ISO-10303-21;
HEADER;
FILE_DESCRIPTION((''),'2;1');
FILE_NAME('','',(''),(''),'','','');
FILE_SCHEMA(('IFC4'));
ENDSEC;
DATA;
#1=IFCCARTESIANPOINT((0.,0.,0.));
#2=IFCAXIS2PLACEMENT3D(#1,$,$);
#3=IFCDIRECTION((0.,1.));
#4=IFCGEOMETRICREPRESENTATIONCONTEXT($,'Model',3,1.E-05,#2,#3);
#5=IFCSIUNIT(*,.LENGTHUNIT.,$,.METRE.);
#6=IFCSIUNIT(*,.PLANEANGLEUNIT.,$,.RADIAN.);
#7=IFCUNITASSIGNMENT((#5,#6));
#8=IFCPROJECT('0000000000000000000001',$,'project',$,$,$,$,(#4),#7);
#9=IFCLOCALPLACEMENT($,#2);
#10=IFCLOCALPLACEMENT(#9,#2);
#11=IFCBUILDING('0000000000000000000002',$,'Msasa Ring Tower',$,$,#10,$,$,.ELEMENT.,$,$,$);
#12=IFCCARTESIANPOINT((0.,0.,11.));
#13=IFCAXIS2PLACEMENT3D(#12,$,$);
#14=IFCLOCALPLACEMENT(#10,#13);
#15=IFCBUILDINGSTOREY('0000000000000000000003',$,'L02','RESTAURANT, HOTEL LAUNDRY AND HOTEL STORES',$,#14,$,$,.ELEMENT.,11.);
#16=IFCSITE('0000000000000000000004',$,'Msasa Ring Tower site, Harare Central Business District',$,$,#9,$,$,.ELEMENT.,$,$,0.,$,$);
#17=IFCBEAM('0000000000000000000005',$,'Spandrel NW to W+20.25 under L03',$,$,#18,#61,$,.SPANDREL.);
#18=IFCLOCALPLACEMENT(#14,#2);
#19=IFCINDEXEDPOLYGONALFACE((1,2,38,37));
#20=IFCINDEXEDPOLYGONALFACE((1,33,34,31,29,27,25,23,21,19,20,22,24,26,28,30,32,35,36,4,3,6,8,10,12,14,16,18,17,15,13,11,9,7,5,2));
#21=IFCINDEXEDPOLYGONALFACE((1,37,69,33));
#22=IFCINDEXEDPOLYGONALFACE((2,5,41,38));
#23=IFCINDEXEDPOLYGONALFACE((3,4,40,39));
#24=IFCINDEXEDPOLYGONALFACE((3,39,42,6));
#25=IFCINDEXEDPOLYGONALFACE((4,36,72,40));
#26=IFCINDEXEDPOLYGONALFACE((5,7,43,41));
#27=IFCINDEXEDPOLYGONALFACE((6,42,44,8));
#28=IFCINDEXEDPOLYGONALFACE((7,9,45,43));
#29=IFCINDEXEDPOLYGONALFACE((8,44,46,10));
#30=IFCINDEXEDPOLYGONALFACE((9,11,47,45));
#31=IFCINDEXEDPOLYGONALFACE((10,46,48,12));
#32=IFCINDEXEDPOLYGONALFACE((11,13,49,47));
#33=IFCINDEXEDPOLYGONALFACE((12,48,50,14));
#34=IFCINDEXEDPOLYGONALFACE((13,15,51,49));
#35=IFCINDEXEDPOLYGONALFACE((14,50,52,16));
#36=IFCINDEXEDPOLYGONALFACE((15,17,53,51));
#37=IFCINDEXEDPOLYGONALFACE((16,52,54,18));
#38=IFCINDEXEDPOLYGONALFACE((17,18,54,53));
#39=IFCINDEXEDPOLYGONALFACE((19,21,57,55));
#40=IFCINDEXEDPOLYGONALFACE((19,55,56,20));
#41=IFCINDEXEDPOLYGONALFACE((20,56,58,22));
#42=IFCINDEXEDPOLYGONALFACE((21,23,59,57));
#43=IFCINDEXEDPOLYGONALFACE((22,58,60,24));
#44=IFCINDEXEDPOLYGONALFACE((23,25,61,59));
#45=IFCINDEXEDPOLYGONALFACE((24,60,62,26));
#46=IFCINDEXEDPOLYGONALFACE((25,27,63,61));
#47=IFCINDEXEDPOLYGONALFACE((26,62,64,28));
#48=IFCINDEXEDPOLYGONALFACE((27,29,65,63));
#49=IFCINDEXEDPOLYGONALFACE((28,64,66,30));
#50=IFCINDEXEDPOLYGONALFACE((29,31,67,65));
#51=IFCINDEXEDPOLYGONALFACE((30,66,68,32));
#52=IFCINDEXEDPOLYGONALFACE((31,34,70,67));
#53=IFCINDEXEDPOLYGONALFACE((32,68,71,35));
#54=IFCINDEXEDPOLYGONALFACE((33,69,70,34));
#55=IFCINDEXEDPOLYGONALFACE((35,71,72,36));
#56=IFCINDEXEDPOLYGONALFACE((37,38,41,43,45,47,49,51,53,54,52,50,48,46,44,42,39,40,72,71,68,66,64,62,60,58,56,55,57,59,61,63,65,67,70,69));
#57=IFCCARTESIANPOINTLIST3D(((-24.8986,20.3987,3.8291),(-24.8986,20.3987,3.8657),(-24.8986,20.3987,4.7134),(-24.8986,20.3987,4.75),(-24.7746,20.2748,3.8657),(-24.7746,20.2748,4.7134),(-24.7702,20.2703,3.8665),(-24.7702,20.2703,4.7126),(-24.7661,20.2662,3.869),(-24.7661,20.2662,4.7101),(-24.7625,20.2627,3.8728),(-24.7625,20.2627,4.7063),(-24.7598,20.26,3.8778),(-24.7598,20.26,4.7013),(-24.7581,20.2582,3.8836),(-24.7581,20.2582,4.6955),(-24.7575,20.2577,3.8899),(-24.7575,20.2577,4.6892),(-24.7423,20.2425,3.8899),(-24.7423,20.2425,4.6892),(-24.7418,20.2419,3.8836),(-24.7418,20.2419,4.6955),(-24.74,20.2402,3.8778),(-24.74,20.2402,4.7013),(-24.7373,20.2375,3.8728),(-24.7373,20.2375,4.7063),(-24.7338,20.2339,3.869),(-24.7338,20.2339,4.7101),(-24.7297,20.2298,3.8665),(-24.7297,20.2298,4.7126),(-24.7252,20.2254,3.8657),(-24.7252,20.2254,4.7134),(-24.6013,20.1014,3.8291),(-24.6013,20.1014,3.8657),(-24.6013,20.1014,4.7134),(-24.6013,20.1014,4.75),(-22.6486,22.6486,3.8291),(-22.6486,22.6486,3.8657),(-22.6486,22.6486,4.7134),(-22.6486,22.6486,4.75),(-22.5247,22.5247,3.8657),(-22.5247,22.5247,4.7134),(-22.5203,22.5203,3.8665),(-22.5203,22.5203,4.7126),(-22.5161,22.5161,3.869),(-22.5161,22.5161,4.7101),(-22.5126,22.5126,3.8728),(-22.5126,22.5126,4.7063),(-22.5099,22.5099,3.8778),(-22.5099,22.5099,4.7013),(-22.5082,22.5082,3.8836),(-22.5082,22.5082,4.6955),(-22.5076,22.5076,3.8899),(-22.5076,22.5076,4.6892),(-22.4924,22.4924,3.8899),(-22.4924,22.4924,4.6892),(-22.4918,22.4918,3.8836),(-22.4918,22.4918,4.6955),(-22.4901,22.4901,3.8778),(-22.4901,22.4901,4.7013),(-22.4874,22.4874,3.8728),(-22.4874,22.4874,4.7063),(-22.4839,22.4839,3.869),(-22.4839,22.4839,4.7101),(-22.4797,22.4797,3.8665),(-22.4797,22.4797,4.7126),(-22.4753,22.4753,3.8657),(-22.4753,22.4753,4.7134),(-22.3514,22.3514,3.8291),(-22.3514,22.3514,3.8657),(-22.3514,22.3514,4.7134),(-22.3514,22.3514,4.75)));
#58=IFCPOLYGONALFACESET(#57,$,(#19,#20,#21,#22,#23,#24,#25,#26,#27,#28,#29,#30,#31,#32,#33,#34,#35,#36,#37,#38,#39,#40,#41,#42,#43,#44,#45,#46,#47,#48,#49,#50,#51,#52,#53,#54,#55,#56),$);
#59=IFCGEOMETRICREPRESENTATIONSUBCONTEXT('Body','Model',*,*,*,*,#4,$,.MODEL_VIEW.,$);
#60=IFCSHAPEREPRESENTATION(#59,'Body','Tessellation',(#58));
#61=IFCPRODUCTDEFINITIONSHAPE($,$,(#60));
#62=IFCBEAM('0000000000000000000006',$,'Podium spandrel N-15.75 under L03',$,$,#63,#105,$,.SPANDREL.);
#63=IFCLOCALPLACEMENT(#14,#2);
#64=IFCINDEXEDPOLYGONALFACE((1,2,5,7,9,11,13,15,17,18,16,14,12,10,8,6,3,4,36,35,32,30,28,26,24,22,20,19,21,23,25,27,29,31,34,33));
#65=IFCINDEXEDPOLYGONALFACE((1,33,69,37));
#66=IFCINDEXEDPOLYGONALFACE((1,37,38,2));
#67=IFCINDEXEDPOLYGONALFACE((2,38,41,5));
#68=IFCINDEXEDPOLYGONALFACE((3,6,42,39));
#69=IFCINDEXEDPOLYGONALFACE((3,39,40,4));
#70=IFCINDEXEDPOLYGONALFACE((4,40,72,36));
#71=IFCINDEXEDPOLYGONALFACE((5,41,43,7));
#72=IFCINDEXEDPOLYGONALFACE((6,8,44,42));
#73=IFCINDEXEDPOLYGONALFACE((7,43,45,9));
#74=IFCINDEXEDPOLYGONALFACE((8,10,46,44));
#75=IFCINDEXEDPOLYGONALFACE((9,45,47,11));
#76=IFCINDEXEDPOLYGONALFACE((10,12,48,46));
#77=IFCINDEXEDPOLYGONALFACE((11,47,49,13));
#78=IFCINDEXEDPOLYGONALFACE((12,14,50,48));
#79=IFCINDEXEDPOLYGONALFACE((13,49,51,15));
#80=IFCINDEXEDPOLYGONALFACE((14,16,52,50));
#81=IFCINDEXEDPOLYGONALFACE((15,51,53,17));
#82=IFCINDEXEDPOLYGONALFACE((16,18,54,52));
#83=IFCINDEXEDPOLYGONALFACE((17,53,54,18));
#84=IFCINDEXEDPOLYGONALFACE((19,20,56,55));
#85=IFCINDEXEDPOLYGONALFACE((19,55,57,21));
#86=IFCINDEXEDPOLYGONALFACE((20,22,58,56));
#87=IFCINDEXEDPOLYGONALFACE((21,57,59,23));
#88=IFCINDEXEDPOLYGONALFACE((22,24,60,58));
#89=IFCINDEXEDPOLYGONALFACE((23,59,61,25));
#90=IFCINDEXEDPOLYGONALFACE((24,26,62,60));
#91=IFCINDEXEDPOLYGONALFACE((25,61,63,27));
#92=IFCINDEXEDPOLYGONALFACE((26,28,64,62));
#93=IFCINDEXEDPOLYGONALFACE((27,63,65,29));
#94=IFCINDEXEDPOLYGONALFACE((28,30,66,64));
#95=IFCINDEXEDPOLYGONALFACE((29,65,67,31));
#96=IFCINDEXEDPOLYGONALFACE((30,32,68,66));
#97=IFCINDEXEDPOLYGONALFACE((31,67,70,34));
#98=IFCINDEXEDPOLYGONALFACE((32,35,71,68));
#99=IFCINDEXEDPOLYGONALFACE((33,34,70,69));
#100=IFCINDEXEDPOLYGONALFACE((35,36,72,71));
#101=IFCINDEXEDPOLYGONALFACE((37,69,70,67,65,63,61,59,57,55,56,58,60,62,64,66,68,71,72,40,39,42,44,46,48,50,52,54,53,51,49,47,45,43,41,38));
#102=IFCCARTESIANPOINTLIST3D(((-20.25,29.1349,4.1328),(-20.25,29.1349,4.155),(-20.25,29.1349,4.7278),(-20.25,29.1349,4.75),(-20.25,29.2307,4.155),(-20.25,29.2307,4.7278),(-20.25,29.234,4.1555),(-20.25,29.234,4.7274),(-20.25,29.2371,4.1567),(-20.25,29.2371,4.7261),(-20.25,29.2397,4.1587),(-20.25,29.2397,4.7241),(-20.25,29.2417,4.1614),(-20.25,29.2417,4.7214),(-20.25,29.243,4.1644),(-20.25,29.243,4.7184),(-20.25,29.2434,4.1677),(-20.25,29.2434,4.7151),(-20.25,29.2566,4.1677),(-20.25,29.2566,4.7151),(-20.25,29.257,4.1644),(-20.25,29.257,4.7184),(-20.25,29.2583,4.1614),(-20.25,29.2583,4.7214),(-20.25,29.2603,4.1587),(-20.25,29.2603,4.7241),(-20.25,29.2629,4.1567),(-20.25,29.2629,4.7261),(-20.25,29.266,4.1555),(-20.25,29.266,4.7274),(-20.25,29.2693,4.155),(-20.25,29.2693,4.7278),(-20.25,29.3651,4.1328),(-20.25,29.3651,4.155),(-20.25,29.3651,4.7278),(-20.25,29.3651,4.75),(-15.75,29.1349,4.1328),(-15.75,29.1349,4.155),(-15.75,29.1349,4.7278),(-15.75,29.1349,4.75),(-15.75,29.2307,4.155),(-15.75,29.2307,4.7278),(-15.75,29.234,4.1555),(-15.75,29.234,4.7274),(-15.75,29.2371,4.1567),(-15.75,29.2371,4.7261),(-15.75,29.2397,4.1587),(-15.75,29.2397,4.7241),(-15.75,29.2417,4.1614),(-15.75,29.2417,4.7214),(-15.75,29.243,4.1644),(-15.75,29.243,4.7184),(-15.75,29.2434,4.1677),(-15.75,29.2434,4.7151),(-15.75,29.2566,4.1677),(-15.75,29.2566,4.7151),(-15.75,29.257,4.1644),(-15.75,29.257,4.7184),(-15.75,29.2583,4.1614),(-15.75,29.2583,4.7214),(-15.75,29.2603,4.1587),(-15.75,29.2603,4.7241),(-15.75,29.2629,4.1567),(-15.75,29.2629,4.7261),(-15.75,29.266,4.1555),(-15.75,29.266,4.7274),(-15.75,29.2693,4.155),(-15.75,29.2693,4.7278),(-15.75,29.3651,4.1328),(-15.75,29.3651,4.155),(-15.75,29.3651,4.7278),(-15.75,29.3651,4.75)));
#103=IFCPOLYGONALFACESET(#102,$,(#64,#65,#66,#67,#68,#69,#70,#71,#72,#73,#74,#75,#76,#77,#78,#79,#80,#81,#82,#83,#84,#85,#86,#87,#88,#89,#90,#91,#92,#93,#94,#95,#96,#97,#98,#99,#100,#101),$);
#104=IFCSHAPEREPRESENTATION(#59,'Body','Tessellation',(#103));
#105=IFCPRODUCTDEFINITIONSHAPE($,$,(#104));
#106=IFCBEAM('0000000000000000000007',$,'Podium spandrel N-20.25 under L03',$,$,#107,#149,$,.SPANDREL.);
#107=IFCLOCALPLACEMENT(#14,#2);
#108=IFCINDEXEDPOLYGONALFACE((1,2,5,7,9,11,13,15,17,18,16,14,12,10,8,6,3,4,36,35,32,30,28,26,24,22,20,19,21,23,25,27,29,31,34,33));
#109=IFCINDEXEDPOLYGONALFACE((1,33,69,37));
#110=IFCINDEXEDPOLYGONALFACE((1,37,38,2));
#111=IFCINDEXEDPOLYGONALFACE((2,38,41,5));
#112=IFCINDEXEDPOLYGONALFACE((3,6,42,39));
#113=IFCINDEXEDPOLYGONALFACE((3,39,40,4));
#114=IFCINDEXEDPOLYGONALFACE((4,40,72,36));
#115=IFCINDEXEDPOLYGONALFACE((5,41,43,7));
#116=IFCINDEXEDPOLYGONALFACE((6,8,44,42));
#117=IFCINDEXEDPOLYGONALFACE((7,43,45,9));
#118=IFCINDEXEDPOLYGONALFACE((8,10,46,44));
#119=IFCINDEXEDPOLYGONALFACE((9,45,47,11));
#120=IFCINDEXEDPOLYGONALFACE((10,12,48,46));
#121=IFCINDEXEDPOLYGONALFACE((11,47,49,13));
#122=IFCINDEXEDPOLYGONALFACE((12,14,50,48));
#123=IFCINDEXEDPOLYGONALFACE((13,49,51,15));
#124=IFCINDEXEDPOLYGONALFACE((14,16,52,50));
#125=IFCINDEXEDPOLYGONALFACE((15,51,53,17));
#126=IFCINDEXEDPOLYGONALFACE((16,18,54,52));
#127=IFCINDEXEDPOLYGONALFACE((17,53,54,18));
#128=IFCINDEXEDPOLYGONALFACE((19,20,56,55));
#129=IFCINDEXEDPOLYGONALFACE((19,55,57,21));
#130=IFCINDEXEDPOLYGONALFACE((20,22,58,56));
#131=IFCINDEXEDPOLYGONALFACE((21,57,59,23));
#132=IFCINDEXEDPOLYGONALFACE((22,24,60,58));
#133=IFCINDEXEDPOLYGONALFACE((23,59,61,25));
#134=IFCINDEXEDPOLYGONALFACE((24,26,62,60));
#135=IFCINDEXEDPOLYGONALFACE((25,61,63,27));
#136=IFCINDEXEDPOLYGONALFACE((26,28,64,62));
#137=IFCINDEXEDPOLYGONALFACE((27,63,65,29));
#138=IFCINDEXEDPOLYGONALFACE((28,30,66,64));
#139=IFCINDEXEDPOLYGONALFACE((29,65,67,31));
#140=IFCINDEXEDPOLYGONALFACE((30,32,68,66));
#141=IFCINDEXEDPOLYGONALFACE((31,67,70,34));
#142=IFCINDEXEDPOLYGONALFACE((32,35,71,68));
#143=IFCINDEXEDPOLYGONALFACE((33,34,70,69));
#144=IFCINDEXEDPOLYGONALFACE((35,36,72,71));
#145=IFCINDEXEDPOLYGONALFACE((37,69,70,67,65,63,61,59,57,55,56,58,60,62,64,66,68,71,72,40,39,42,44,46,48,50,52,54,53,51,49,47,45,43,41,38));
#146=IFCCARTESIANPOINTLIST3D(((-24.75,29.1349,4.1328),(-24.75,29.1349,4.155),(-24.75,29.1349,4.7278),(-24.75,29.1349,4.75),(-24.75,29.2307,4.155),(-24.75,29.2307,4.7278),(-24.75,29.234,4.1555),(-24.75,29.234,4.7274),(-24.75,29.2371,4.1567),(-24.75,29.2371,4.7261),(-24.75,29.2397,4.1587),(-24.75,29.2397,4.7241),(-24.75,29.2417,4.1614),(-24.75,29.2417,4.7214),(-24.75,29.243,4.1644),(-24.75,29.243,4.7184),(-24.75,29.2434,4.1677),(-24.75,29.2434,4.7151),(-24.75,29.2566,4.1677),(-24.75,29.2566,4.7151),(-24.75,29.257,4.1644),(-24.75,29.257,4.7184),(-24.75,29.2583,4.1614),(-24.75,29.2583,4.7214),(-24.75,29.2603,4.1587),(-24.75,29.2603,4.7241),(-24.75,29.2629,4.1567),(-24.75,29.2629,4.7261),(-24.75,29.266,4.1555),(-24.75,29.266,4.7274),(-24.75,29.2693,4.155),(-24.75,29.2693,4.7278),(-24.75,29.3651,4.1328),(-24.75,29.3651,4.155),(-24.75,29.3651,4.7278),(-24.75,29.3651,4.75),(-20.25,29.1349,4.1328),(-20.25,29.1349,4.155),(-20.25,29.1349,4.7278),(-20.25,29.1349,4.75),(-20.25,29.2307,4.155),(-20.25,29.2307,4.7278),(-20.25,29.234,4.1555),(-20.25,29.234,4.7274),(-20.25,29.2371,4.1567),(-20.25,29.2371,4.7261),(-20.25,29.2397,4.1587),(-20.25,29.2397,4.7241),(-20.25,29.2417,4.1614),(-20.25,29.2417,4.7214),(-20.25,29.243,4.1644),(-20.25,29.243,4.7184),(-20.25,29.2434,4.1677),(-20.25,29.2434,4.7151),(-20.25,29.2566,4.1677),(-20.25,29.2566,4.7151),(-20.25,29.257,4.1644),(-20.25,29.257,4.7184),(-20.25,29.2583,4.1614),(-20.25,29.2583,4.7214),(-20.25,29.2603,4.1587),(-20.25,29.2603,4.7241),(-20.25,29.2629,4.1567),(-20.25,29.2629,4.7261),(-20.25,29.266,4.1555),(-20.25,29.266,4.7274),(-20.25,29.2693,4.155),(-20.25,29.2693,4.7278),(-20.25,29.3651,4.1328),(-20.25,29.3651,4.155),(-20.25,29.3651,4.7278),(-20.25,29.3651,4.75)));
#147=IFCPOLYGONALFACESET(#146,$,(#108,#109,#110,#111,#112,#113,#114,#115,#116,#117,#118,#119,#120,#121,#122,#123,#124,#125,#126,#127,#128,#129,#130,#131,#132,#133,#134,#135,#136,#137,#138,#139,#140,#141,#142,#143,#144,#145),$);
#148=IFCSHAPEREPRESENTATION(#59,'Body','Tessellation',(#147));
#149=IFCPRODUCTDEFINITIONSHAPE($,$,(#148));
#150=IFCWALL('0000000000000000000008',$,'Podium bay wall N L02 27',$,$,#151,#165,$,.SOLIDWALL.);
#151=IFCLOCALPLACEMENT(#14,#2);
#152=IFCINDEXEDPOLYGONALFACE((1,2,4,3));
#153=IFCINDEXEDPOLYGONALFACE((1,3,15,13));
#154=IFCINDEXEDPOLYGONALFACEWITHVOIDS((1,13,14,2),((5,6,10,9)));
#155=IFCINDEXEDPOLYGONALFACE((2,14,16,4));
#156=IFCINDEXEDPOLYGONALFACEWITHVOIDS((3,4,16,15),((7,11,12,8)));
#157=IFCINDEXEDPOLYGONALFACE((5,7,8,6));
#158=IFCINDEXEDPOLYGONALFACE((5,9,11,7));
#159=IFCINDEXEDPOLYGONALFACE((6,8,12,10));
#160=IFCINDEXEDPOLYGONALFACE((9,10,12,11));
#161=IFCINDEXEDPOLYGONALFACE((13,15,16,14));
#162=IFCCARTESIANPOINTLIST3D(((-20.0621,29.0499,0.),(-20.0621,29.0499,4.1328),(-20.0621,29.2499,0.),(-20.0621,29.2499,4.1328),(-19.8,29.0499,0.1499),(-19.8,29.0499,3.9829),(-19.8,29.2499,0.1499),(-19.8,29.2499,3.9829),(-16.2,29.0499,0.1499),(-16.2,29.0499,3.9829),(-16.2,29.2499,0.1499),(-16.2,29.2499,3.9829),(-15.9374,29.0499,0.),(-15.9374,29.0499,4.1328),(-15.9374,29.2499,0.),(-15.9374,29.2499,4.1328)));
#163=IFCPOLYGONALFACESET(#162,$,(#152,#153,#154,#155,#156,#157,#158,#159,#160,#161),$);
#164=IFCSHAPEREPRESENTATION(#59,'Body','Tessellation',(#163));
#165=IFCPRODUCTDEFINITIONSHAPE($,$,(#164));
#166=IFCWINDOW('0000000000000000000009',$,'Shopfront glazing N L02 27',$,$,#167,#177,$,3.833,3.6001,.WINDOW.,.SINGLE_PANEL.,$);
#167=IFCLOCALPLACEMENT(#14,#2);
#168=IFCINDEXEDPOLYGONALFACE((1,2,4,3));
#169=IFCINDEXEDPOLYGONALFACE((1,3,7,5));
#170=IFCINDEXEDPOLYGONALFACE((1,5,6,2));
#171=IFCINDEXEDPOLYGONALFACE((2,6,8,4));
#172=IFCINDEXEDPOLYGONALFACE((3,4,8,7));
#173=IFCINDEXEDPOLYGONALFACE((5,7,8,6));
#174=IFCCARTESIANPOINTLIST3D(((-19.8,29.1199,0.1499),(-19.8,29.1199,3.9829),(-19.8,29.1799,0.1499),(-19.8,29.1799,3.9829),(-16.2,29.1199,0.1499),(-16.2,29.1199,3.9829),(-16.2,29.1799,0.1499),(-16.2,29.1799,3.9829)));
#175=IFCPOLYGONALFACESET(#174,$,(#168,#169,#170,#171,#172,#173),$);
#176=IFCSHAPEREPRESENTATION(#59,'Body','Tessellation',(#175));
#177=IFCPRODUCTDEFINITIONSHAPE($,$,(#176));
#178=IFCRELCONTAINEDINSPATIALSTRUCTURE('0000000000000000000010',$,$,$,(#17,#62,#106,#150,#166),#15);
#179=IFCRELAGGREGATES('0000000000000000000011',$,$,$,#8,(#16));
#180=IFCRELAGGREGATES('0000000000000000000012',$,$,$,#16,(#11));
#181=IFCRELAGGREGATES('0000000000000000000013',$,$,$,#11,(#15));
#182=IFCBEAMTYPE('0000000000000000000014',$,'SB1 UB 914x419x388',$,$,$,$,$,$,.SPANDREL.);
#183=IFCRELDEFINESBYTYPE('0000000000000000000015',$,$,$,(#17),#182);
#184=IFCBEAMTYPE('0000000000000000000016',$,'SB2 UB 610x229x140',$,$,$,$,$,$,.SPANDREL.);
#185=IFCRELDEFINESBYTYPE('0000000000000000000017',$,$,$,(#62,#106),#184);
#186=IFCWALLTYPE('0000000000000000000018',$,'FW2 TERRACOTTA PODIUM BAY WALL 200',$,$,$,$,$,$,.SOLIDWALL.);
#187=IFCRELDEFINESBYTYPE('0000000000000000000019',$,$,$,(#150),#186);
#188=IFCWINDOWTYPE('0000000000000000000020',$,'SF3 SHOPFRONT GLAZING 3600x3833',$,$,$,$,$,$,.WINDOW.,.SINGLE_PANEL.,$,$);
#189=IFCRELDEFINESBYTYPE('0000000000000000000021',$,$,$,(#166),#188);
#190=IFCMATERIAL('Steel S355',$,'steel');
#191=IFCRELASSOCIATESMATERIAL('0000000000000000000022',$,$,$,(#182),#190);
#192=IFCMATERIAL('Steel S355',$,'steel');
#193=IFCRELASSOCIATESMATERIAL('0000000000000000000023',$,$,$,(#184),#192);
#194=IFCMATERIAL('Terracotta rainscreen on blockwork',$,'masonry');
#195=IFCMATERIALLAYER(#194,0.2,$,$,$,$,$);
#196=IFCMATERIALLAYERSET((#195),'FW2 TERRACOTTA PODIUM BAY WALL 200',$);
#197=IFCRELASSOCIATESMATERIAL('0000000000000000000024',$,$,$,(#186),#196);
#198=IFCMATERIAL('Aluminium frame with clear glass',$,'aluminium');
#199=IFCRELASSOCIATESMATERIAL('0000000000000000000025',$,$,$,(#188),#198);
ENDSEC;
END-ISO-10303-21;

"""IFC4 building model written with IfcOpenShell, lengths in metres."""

from ifc_helpers import new_model, si_unit, direction, frame, frame_2d, origin, origin_2d, place, context, subcontext, project, spatial, rectangle, i_section, extrude, material, layer, layer_set, material_profile, profile_set, type_object, element, fill, save


model = new_model("IFC4")

# Units and contexts
model_context = context("Model", 3, precision=1e-05, world=origin(), true_north=direction((0.0, 1.0)))
body_context = subcontext(model_context, "Body", "Model", "MODEL_VIEW")
ifc_project = project(units=[si_unit("LENGTHUNIT", "METRE"), si_unit("PLANEANGLEUNIT", "RADIAN")], contexts=[model_context])

# Site, building, storey
site_placement = place(None, origin())
site = spatial("IfcSite", under=ifc_project, at=site_placement, Name="Msasa Ring Tower site, Harare Central Business District", CompositionType="ELEMENT", RefElevation=0.0)
building_placement = place(site_placement, origin())
building = spatial("IfcBuilding", under=site, at=building_placement, Name="Msasa Ring Tower", CompositionType="ELEMENT")
storey_placement = place(building_placement, frame((0.0, 0.0, 11.0)))
storey = spatial("IfcBuildingStorey", under=building, at=storey_placement, Name="L02", Description="RESTAURANT, HOTEL LAUNDRY AND HOTEL STORES", CompositionType="ELEMENT", Elevation=11.0)

# Beams
ifc_material_1 = material(Name="Steel S355", Category="steel")
ifc_material_profile_1 = material_profile(ifc_material_1, i_section(OverallWidth=0.4204, OverallDepth=0.9209, WebThickness=0.0215, FlangeThickness=0.0366, FilletRadius=0.0242, at=origin_2d()), Name="UB 914x419x388")
ifc_profile_set_1 = profile_set([ifc_material_profile_1], Name="Steel S355")
beam_type_1 = type_object("IfcBeamType", Name="SB1 UB 914x419x388", PredefinedType="SPANDREL", material=ifc_profile_set_1)
for number, where, z_axis, x_axis, name in (
    (1, (-22.5, 22.5, 4.2896), (-0.707107, -0.707107, 0.0), (0.707107, -0.707107, 0.0), "Spandrel NW to W+20.25 under L03"),
):
    element("IfcBeam", number, at=place(storey_placement, frame(where, z_axis=z_axis, x_axis=x_axis)), inside=storey, type_object=beam_type_1, Name=name, PredefinedType="SPANDREL", context=body_context, shape_type="SweptSolid", body=[
        extrude(i_section(OverallWidth=0.4204, OverallDepth=0.9209, WebThickness=0.0215, FlangeThickness=0.0366, FilletRadius=0.0242, at=origin_2d()), origin(), (0.0, 0.0, 1.0), 3.1819),
    ])
ifc_material_2 = material(Name="Steel S355", Category="steel")
ifc_material_profile_2 = material_profile(ifc_material_2, i_section(OverallWidth=0.2302, OverallDepth=0.6172, WebThickness=0.0132, FlangeThickness=0.0222, FilletRadius=0.0127, at=origin_2d()), Name="UB 610x229x140")
ifc_profile_set_2 = profile_set([ifc_material_profile_2], Name="Steel S355")
beam_type_2 = type_object("IfcBeamType", Name="SB2 UB 610x229x140", PredefinedType="SPANDREL", material=ifc_profile_set_2)
for number, where, z_axis, x_axis, name in (
    (2, (-15.75, 29.25, 4.4414), (-1.0, 0.0, 0.0), (0.0, -1.0, 0.0), "Podium spandrel N-15.75 under L03"),
    (3, (-20.25, 29.25, 4.4414), (-1.0, 0.0, 0.0), (0.0, -1.0, 0.0), "Podium spandrel N-20.25 under L03"),
):
    element("IfcBeam", number, at=place(storey_placement, frame(where, z_axis=z_axis, x_axis=x_axis)), inside=storey, type_object=beam_type_2, Name=name, PredefinedType="SPANDREL", context=body_context, shape_type="SweptSolid", body=[
        extrude(i_section(OverallWidth=0.2302, OverallDepth=0.6172, WebThickness=0.0132, FlangeThickness=0.0222, FilletRadius=0.0127, at=origin_2d()), origin(), (0.0, 0.0, 1.0), 4.5),
    ])

# Wall, opening, window
ifc_material_3 = material(Name="Terracotta rainscreen on blockwork", Category="masonry")
ifc_layer = layer(ifc_material_3, 0.2)
ifc_layer_set = layer_set([ifc_layer], Name="FW2 TERRACOTTA PODIUM BAY WALL 200")
wall_type = type_object("IfcWallType", Name="FW2 TERRACOTTA PODIUM BAY WALL 200", PredefinedType="SOLIDWALL", material=ifc_layer_set)
wall_1_placement = place(storey_placement, frame((-20.0623, 29.1499, 0.0), z_axis=(0.0, 0.0, 1.0), x_axis=(1.0, 0.0, 0.0)))
wall_1 = element("IfcWall", 4, at=wall_1_placement, inside=storey, type_object=wall_type, Name="Podium bay wall N L02 27", PredefinedType="SOLIDWALL", context=body_context, shape_type="SweptSolid", body=[
    extrude(rectangle(XDim=4.1248, YDim=0.2, at=frame_2d((2.0625, 0.0))), origin(), (0.0, 0.0, 1.0), 4.1328),
])
opening_1_placement = place(wall_1_placement, frame((0.2622, 0.0, 0.1499)))
opening_1 = element("IfcOpeningElement", 5, at=opening_1_placement, cuts=wall_1, PredefinedType="OPENING", context=body_context, shape_type="SweptSolid", body=[
    extrude(rectangle(XDim=3.6001, YDim=3.833, at=frame_2d((1.8, 1.9165))), frame((0.0, 0.1099, 0.0), z_axis=(0.0, -1.0, 0.0), x_axis=(1.0, 0.0, 0.0)), (0.0, 0.0, 1.0), 0.22),
])
ifc_material_4 = material(Name="Aluminium frame with clear glass", Category="aluminium")
window_type = type_object("IfcWindowType", Name="SF3 SHOPFRONT GLAZING 3600x3833", PartitioningType="SINGLE_PANEL", PredefinedType="WINDOW", material=ifc_material_4)
window_1_placement = place(opening_1_placement, origin())
window_1 = element("IfcWindow", 6, at=window_1_placement, inside=storey, type_object=window_type, Name="Shopfront glazing N L02 27", OverallHeight=3.833, OverallWidth=3.6001, PartitioningType="SINGLE_PANEL", PredefinedType="WINDOW", context=body_context, shape_type="SweptSolid", body=[
    extrude(rectangle(XDim=3.6001, YDim=3.833, at=frame_2d((1.8, 1.9165))), frame((0.0, 0.03, 0.0), z_axis=(0.0, -1.0, 0.0), x_axis=(1.0, 0.0, 0.0)), (0.0, 0.0, 1.0), 0.0601),
])
fill(opening_1, window_1)

save(model, "model.ifc")
